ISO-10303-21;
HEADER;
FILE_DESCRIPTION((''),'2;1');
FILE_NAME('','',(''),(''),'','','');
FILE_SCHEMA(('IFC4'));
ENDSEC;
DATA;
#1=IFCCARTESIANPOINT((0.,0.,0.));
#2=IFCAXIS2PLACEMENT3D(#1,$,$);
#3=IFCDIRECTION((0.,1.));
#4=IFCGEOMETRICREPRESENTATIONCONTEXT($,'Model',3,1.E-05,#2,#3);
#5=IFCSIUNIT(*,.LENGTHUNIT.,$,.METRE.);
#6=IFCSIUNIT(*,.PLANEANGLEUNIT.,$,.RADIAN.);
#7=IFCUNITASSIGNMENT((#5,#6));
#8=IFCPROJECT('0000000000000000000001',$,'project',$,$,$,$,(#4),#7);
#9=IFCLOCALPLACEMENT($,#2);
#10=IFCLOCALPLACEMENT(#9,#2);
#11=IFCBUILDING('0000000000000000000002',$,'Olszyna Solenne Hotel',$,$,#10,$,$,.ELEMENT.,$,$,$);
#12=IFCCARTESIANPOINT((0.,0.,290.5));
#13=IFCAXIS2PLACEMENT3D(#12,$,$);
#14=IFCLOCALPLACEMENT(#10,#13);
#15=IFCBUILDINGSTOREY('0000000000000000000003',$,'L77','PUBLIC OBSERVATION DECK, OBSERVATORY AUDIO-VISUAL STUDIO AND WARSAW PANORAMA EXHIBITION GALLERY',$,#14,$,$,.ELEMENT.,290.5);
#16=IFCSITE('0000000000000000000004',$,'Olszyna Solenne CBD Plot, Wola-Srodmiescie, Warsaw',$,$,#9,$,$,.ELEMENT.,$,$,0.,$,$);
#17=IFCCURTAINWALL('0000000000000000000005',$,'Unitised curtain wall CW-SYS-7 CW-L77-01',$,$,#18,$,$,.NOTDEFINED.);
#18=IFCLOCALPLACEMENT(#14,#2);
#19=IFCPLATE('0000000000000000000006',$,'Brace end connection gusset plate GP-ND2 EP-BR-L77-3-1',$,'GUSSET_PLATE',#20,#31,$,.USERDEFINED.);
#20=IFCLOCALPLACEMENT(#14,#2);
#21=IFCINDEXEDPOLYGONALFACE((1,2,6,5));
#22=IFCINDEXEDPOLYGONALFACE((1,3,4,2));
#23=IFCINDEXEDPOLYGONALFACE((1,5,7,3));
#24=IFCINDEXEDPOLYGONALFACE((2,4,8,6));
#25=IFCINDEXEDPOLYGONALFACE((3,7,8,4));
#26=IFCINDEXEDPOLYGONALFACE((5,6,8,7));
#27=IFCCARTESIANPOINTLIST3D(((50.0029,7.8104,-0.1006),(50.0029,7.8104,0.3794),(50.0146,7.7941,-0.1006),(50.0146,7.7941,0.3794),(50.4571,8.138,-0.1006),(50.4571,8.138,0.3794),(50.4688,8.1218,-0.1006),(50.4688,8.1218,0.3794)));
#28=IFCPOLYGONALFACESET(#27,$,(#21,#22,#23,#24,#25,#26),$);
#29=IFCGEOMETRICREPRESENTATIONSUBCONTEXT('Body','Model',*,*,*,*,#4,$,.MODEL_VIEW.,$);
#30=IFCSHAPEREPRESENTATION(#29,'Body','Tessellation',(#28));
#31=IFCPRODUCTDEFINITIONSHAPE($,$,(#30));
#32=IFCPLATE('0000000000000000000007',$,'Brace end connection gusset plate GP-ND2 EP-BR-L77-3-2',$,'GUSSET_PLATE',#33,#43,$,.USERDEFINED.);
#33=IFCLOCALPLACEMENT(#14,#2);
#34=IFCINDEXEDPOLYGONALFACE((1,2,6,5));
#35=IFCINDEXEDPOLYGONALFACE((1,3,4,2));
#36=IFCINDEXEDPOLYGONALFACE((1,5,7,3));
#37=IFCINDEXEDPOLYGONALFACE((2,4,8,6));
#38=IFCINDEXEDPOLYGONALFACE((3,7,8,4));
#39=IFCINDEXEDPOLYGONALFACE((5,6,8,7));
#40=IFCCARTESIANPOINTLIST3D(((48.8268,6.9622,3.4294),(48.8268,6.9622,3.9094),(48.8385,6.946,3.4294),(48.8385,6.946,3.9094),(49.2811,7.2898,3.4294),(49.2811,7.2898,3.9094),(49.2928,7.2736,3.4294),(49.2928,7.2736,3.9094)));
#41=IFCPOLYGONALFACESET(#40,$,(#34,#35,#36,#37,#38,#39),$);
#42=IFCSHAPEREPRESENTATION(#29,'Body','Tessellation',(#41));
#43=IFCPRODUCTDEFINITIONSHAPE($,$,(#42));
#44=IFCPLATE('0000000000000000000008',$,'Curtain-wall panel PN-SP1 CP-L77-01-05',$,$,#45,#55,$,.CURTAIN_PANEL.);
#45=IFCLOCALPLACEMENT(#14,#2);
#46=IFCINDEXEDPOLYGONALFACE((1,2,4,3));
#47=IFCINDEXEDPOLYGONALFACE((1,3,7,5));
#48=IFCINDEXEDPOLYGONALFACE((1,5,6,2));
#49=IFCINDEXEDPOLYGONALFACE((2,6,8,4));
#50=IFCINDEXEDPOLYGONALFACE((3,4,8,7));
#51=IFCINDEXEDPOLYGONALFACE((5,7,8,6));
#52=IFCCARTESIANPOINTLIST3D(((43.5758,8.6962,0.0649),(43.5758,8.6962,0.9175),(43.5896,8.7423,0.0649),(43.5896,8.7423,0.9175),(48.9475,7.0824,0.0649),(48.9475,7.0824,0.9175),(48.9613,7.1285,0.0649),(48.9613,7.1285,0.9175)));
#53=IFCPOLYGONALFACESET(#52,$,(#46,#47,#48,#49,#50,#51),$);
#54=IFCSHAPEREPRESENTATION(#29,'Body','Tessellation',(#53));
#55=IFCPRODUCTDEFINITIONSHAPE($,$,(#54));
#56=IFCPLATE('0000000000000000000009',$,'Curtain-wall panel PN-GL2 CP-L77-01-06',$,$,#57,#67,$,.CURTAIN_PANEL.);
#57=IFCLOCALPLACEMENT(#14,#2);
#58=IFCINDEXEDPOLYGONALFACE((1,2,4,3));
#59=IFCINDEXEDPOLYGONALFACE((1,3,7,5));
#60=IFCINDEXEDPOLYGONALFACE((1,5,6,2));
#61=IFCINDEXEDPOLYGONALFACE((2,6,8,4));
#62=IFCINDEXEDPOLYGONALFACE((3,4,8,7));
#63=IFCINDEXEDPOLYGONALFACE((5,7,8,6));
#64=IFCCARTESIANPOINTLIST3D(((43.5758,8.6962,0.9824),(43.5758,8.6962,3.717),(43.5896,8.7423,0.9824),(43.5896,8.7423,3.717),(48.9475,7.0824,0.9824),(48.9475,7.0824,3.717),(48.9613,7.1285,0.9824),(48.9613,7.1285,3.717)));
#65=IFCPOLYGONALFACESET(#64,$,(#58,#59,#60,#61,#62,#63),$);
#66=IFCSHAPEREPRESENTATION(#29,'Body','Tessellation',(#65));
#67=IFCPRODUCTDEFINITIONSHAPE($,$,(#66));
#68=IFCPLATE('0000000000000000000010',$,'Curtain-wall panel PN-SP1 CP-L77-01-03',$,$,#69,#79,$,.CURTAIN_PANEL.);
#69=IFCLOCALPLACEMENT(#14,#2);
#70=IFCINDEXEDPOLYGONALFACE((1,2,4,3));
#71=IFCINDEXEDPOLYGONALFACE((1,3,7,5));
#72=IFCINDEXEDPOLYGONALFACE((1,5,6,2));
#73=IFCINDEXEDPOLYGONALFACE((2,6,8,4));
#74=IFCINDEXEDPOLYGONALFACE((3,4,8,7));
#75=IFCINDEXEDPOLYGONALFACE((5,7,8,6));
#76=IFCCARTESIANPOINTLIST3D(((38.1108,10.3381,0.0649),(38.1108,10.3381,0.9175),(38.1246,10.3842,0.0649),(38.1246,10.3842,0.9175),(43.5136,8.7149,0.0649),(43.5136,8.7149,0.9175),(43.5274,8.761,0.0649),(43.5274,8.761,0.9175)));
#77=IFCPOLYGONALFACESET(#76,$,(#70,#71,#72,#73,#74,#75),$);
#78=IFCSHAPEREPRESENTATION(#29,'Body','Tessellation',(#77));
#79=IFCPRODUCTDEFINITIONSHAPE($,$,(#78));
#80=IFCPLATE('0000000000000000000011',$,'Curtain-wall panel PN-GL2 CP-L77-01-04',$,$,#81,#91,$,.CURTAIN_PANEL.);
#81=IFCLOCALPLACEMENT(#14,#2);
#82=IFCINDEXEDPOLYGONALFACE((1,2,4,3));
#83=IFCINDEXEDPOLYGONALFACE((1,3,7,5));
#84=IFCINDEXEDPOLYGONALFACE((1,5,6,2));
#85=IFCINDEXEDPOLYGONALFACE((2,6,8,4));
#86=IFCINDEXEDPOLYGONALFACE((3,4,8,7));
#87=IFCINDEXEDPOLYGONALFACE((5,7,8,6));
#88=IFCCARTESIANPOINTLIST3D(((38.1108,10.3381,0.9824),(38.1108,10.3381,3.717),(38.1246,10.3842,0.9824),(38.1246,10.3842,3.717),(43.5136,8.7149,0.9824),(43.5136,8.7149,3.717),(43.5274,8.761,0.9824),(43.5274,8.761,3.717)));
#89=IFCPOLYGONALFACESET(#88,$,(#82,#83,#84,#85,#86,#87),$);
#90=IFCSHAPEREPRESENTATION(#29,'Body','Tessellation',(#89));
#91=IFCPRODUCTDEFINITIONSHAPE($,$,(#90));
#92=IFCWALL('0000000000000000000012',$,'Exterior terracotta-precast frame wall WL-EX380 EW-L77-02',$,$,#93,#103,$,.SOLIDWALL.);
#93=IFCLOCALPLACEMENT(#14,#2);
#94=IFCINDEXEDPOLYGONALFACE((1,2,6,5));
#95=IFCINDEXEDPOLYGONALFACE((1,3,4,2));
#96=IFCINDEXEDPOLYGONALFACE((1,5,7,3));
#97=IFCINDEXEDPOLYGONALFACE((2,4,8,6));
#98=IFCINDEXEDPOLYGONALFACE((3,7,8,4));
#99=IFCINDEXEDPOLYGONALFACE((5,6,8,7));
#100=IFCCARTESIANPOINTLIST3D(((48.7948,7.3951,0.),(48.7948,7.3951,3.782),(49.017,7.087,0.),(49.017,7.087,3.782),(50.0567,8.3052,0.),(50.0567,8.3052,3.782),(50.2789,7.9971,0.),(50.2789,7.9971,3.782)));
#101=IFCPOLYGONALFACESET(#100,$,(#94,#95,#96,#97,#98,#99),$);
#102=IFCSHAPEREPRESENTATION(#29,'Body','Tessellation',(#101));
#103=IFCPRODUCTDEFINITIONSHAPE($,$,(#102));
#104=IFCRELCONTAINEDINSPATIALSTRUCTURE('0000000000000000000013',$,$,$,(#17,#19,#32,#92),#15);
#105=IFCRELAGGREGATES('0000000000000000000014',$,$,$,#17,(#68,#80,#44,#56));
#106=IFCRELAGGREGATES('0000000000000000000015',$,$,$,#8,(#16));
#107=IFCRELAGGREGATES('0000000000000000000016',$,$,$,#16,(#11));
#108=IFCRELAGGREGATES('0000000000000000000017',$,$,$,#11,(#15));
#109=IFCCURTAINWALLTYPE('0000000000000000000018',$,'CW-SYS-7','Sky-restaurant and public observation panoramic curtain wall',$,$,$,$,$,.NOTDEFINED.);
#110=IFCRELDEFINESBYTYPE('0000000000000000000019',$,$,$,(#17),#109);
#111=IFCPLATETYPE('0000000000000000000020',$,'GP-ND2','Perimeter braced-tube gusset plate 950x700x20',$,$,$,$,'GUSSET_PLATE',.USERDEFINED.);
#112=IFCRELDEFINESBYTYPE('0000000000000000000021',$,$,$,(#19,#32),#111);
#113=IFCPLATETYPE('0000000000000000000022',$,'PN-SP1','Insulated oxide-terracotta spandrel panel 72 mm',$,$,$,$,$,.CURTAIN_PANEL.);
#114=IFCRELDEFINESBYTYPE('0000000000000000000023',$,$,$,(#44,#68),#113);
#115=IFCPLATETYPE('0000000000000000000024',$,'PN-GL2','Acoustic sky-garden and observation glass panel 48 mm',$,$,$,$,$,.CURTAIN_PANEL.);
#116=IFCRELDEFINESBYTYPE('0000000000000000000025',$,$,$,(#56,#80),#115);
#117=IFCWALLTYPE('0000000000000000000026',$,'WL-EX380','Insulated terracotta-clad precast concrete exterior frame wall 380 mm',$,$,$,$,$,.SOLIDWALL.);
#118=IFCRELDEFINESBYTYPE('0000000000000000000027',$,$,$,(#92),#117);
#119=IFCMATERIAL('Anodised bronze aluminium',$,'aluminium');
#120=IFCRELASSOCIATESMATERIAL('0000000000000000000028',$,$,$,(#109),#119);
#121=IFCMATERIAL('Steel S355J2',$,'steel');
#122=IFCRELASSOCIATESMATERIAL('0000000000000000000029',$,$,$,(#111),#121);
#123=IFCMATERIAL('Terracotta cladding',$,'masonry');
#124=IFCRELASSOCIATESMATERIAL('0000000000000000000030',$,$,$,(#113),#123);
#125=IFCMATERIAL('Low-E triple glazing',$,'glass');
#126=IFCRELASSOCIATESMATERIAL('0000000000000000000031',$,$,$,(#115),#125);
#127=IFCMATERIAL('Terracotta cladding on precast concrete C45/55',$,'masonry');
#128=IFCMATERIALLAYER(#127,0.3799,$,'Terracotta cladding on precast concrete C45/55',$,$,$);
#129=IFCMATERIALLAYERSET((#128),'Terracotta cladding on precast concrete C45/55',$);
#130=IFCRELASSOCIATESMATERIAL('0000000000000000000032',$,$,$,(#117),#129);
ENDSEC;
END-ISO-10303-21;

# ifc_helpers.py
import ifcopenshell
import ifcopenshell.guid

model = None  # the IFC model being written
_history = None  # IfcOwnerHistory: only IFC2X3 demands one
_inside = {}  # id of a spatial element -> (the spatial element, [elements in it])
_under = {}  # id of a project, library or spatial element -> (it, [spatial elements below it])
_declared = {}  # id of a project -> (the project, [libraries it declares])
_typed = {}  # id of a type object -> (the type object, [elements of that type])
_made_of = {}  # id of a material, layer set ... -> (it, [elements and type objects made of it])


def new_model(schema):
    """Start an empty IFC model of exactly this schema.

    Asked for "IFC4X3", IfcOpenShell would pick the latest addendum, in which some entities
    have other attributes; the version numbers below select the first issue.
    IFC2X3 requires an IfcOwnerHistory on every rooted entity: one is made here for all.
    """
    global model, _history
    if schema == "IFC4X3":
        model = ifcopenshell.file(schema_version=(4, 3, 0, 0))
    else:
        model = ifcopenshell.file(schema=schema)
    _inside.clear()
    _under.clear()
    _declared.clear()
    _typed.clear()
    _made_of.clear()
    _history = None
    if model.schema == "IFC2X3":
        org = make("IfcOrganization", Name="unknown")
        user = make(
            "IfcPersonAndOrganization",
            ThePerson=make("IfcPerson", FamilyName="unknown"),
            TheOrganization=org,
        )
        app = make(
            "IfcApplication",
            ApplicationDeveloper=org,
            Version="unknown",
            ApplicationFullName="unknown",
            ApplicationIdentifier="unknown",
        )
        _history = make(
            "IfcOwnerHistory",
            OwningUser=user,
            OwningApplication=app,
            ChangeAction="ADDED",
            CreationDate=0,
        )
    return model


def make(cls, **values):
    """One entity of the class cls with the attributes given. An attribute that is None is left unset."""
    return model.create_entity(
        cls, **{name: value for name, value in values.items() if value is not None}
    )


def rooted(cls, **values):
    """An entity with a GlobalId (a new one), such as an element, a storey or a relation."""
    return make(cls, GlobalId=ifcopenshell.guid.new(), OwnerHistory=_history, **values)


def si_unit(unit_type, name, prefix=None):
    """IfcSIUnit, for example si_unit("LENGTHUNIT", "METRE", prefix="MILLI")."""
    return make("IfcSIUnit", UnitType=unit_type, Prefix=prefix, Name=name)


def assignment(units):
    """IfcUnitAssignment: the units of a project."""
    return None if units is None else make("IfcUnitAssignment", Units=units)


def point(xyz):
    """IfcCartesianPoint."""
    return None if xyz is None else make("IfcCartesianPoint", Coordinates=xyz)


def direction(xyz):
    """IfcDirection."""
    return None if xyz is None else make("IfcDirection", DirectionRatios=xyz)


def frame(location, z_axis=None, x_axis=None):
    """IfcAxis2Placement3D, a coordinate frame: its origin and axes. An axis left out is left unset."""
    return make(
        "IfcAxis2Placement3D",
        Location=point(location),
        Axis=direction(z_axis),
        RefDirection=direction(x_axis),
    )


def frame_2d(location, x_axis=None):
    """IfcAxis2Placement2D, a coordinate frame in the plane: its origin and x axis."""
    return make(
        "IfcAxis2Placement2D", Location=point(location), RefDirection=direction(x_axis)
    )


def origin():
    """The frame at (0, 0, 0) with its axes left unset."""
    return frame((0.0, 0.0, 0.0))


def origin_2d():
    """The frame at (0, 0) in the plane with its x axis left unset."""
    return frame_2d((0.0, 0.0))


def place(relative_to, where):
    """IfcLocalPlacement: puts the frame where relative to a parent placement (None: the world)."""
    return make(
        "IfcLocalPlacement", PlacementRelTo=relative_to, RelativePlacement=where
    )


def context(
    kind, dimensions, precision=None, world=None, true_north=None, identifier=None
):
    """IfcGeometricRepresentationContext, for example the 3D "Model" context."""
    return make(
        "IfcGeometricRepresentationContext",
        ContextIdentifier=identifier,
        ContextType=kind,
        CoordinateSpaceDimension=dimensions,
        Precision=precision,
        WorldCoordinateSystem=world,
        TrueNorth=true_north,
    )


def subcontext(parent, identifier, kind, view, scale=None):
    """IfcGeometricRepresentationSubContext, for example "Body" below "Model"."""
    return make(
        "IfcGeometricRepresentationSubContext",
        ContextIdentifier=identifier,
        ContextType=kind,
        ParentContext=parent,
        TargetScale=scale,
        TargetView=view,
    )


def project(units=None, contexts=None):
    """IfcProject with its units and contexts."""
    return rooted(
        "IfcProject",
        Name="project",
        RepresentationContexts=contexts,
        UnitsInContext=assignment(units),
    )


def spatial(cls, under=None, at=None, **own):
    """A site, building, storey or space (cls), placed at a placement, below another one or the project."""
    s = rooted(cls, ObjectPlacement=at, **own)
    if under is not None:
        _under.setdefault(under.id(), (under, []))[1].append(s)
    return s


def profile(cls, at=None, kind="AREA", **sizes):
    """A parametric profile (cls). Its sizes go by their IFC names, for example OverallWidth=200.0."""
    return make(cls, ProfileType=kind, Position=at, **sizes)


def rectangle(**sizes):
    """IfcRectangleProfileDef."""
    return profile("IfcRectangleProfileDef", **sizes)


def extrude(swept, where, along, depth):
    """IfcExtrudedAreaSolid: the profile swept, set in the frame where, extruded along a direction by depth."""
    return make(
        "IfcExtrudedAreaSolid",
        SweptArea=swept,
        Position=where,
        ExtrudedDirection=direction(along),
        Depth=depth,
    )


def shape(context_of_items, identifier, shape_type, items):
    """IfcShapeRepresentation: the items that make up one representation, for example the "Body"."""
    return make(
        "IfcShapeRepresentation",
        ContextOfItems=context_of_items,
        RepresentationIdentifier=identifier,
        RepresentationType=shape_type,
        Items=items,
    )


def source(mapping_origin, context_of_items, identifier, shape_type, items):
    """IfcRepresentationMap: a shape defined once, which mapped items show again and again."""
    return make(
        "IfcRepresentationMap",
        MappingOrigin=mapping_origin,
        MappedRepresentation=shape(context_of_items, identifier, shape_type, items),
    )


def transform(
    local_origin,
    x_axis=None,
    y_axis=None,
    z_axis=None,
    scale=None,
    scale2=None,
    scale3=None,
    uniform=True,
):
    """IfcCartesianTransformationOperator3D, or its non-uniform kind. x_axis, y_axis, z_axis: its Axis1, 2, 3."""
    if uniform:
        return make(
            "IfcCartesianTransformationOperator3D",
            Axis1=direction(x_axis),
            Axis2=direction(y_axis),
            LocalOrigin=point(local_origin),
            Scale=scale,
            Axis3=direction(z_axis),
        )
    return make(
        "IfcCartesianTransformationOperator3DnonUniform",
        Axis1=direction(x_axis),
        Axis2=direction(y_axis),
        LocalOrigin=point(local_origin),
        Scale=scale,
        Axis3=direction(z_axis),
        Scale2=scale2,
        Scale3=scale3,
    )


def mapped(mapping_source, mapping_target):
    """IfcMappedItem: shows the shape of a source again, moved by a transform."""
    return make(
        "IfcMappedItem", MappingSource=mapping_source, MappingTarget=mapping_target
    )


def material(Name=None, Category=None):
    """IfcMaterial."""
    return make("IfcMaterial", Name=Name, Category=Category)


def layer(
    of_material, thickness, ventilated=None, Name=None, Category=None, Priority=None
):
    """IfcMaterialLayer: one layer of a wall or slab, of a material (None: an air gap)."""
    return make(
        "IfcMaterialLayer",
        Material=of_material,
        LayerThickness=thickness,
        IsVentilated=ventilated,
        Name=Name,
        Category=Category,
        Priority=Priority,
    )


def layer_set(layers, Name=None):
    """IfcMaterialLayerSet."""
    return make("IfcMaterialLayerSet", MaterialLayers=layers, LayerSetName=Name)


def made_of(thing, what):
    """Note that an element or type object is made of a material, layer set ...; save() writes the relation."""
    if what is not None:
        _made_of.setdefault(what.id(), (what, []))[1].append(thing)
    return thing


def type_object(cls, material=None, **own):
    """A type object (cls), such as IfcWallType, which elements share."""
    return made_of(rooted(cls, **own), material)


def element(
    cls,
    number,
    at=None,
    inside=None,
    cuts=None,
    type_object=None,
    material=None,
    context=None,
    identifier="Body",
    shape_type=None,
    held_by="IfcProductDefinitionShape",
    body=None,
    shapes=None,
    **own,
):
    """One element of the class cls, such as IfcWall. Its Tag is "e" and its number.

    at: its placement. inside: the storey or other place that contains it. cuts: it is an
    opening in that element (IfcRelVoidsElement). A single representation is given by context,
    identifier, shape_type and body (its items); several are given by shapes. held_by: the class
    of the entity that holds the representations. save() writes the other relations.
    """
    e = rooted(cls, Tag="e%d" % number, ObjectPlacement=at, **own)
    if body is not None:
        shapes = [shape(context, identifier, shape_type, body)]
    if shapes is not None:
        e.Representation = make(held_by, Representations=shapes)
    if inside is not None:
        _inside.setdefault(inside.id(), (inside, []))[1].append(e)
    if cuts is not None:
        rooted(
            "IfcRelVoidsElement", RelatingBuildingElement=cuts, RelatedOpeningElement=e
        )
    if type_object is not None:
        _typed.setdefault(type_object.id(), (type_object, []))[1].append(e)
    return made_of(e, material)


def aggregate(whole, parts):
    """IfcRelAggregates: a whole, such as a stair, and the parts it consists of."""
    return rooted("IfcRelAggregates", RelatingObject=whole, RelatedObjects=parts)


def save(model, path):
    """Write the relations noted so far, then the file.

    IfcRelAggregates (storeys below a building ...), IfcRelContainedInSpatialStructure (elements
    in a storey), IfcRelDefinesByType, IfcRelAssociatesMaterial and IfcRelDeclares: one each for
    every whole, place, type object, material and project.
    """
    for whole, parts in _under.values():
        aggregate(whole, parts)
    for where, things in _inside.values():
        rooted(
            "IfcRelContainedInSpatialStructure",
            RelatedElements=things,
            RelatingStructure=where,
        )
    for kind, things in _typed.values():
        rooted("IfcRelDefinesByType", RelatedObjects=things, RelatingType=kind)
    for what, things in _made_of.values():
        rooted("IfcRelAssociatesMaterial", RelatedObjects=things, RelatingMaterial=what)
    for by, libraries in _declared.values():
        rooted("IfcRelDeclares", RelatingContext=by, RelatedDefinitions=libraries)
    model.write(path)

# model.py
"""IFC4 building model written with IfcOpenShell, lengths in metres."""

from ifc_helpers import new_model, si_unit, direction, frame, frame_2d, origin, origin_2d, place, context, subcontext, project, spatial, rectangle, extrude, source, transform, mapped, material, layer, layer_set, type_object, element, aggregate, save


model = new_model("IFC4")

# Units and contexts
model_context = context("Model", 3, precision=1e-05, world=origin(), true_north=direction((0.0, 1.0)))
body_context = subcontext(model_context, "Body", "Model", "MODEL_VIEW")
ifc_project = project(units=[si_unit("LENGTHUNIT", "METRE"), si_unit("PLANEANGLEUNIT", "RADIAN")], contexts=[model_context])

# Site, building, storey
site_placement = place(None, origin())
site = spatial("IfcSite", under=ifc_project, at=site_placement, Name="Olszyna Solenne CBD Plot, Wola-Srodmiescie, Warsaw", CompositionType="ELEMENT", RefElevation=0.0)
building_placement = place(site_placement, origin())
building = spatial("IfcBuilding", under=site, at=building_placement, Name="Olszyna Solenne Hotel", CompositionType="ELEMENT")
storey_placement = place(building_placement, frame((0.0, 0.0, 290.5)))
storey = spatial("IfcBuildingStorey", under=building, at=storey_placement, Name="L77", Description="PUBLIC OBSERVATION DECK, OBSERVATORY AUDIO-VISUAL STUDIO AND WARSAW PANORAMA EXHIBITION GALLERY", CompositionType="ELEMENT", Elevation=290.5)

# Shared definitions
ifc_material_1 = material(Name="Steel S355J2", Category="steel")

# Curtain wall
ifc_material_2 = material(Name="Anodised bronze aluminium", Category="aluminium")
curtain_wall_type = type_object("IfcCurtainWallType", Name="CW-SYS-7", Description="Sky-restaurant and public observation panoramic curtain wall", PredefinedType="NOTDEFINED", material=ifc_material_2)
curtain_wall_placement = place(storey_placement, origin())
curtain_wall = element("IfcCurtainWall", 1, at=curtain_wall_placement, inside=storey, type_object=curtain_wall_type, Name="Unitised curtain wall CW-SYS-7 CW-L77-01", PredefinedType="NOTDEFINED")

# Plates
plate_type_1 = type_object("IfcPlateType", Name="GP-ND2", Description="Perimeter braced-tube gusset plate 950x700x20", ElementType="GUSSET_PLATE", PredefinedType="USERDEFINED", material=ifc_material_1)
shared_shape_1 = source(origin(), body_context, "Body", "SweptSolid", [
    extrude(rectangle(XDim=0.5601, YDim=0.02, at=origin_2d()), origin(), (0.0, 0.0, 1.0), 0.48),
])
for number, where, z_axis, x_axis, name in (
    (2, (50.2358, 7.9661, -0.1006), (0.0, 0.0, 1.0), (-0.811064, -0.584958, 0.0), "Brace end connection gusset plate GP-ND2 EP-BR-L77-3-1"),
    (3, (49.0598, 7.1179, 3.4294), (0.0, 0.0, 1.0), (-0.811064, -0.584958, 0.0), "Brace end connection gusset plate GP-ND2 EP-BR-L77-3-2"),
):
    element("IfcPlate", number, at=place(storey_placement, frame(where, z_axis=z_axis, x_axis=x_axis)), inside=storey, type_object=plate_type_1, Name=name, ObjectType="GUSSET_PLATE", PredefinedType="USERDEFINED", context=body_context, shape_type="MappedRepresentation", body=[
        mapped(shared_shape_1, transform((0.0, 0.0, 0.0), x_axis=(1.0, 0.0, 0.0), y_axis=(0.0, 1.0, 0.0), z_axis=(0.0, 0.0, 1.0), scale=1.0)),
    ])

# Plates
ifc_material_3 = material(Name="Terracotta cladding", Category="masonry")
plate_type_2 = type_object("IfcPlateType", Name="PN-SP1", Description="Insulated oxide-terracotta spandrel panel 72 mm", PredefinedType="CURTAIN_PANEL", material=ifc_material_3)
shared_shape_2 = source(origin(), body_context, "Body", "SweptSolid", [
    extrude(rectangle(XDim=5.6089, YDim=0.0481, at=origin_2d()), origin(), (0.0, 0.0, 1.0), 0.8525),
])
plate_1_placement = place(storey_placement, frame((46.2686, 7.9124, 0.0649), z_axis=(0.0, 0.0, 1.0), x_axis=(0.957712, -0.287727, 0.0)))
plate_1 = element("IfcPlate", 4, at=plate_1_placement, type_object=plate_type_2, Name="Curtain-wall panel PN-SP1 CP-L77-01-05", PredefinedType="CURTAIN_PANEL", context=body_context, shape_type="MappedRepresentation", body=[
    mapped(shared_shape_2, transform((0.0, 0.0, 0.0), x_axis=(1.0, 0.0, 0.0), y_axis=(0.0, 1.0, 0.0), z_axis=(0.0, 0.0, 1.0), scale=1.0)),
])
ifc_material_4 = material(Name="Low-E triple glazing", Category="glass")
plate_type_3 = type_object("IfcPlateType", Name="PN-GL2", Description="Acoustic sky-garden and observation glass panel 48 mm", PredefinedType="CURTAIN_PANEL", material=ifc_material_4)
shared_shape_3 = source(origin(), body_context, "Body", "SweptSolid", [
    extrude(rectangle(XDim=5.6089, YDim=0.0481, at=origin_2d()), origin(), (0.0, 0.0, 1.0), 2.7346),
])
plate_2_placement = place(storey_placement, frame((46.2686, 7.9124, 0.9824), z_axis=(0.0, 0.0, 1.0), x_axis=(0.957712, -0.287727, 0.0)))
plate_2 = element("IfcPlate", 5, at=plate_2_placement, type_object=plate_type_3, Name="Curtain-wall panel PN-GL2 CP-L77-01-06", PredefinedType="CURTAIN_PANEL", context=body_context, shape_type="MappedRepresentation", body=[
    mapped(shared_shape_3, transform((0.0, 0.0, 0.0), x_axis=(1.0, 0.0, 0.0), y_axis=(0.0, 1.0, 0.0), z_axis=(0.0, 0.0, 1.0), scale=1.0)),
])
shared_shape_4 = source(origin(), body_context, "Body", "SweptSolid", [
    extrude(rectangle(XDim=5.6414, YDim=0.0481, at=origin_2d()), origin(), (0.0, 0.0, 1.0), 0.8525),
])
plate_3_placement = place(storey_placement, frame((40.8191, 9.5496, 0.0649), z_axis=(0.0, 0.0, 1.0), x_axis=(0.957712, -0.287727, 0.0)))
plate_3 = element("IfcPlate", 6, at=plate_3_placement, type_object=plate_type_2, Name="Curtain-wall panel PN-SP1 CP-L77-01-03", PredefinedType="CURTAIN_PANEL", context=body_context, shape_type="MappedRepresentation", body=[
    mapped(shared_shape_4, transform((0.0, 0.0, 0.0), x_axis=(1.0, 0.0, 0.0), y_axis=(0.0, 1.0, 0.0), z_axis=(0.0, 0.0, 1.0), scale=1.0)),
])
shared_shape_5 = source(origin(), body_context, "Body", "SweptSolid", [
    extrude(rectangle(XDim=5.6414, YDim=0.0481, at=origin_2d()), origin(), (0.0, 0.0, 1.0), 2.7346),
])
plate_4_placement = place(storey_placement, frame((40.8191, 9.5496, 0.9824), z_axis=(0.0, 0.0, 1.0), x_axis=(0.957712, -0.287727, 0.0)))
plate_4 = element("IfcPlate", 7, at=plate_4_placement, type_object=plate_type_3, Name="Curtain-wall panel PN-GL2 CP-L77-01-04", PredefinedType="CURTAIN_PANEL", context=body_context, shape_type="MappedRepresentation", body=[
    mapped(shared_shape_5, transform((0.0, 0.0, 0.0), x_axis=(1.0, 0.0, 0.0), y_axis=(0.0, 1.0, 0.0), z_axis=(0.0, 0.0, 1.0), scale=1.0)),
])
aggregate(curtain_wall, [plate_3, plate_4, plate_1, plate_2])

# Wall
ifc_material_5 = material(Name="Terracotta cladding on precast concrete C45/55", Category="masonry")
ifc_layer = layer(ifc_material_5, 0.3799, Name="Terracotta cladding on precast concrete C45/55")
ifc_layer_set = layer_set([ifc_layer], Name="Terracotta cladding on precast concrete C45/55")
wall_type = type_object("IfcWallType", Name="WL-EX380", Description="Insulated terracotta-clad precast concrete exterior frame wall 380 mm", PredefinedType="SOLIDWALL", material=ifc_layer_set)
wall_placement = place(storey_placement, frame((50.1677, 8.1511, 0.0), z_axis=(0.0, 0.0, 1.0), x_axis=(-0.811064, -0.584958, 0.0)))
element("IfcWall", 8, at=wall_placement, inside=storey, type_object=wall_type, Name="Exterior terracotta-precast frame wall WL-EX380 EW-L77-02", PredefinedType="SOLIDWALL", context=body_context, shape_type="SweptSolid", body=[
    extrude(rectangle(XDim=1.5559, YDim=0.3799, at=frame_2d((0.7778, 0.0))), origin(), (0.0, 0.0, 1.0), 3.782),
])

save(model, "model.ifc")
